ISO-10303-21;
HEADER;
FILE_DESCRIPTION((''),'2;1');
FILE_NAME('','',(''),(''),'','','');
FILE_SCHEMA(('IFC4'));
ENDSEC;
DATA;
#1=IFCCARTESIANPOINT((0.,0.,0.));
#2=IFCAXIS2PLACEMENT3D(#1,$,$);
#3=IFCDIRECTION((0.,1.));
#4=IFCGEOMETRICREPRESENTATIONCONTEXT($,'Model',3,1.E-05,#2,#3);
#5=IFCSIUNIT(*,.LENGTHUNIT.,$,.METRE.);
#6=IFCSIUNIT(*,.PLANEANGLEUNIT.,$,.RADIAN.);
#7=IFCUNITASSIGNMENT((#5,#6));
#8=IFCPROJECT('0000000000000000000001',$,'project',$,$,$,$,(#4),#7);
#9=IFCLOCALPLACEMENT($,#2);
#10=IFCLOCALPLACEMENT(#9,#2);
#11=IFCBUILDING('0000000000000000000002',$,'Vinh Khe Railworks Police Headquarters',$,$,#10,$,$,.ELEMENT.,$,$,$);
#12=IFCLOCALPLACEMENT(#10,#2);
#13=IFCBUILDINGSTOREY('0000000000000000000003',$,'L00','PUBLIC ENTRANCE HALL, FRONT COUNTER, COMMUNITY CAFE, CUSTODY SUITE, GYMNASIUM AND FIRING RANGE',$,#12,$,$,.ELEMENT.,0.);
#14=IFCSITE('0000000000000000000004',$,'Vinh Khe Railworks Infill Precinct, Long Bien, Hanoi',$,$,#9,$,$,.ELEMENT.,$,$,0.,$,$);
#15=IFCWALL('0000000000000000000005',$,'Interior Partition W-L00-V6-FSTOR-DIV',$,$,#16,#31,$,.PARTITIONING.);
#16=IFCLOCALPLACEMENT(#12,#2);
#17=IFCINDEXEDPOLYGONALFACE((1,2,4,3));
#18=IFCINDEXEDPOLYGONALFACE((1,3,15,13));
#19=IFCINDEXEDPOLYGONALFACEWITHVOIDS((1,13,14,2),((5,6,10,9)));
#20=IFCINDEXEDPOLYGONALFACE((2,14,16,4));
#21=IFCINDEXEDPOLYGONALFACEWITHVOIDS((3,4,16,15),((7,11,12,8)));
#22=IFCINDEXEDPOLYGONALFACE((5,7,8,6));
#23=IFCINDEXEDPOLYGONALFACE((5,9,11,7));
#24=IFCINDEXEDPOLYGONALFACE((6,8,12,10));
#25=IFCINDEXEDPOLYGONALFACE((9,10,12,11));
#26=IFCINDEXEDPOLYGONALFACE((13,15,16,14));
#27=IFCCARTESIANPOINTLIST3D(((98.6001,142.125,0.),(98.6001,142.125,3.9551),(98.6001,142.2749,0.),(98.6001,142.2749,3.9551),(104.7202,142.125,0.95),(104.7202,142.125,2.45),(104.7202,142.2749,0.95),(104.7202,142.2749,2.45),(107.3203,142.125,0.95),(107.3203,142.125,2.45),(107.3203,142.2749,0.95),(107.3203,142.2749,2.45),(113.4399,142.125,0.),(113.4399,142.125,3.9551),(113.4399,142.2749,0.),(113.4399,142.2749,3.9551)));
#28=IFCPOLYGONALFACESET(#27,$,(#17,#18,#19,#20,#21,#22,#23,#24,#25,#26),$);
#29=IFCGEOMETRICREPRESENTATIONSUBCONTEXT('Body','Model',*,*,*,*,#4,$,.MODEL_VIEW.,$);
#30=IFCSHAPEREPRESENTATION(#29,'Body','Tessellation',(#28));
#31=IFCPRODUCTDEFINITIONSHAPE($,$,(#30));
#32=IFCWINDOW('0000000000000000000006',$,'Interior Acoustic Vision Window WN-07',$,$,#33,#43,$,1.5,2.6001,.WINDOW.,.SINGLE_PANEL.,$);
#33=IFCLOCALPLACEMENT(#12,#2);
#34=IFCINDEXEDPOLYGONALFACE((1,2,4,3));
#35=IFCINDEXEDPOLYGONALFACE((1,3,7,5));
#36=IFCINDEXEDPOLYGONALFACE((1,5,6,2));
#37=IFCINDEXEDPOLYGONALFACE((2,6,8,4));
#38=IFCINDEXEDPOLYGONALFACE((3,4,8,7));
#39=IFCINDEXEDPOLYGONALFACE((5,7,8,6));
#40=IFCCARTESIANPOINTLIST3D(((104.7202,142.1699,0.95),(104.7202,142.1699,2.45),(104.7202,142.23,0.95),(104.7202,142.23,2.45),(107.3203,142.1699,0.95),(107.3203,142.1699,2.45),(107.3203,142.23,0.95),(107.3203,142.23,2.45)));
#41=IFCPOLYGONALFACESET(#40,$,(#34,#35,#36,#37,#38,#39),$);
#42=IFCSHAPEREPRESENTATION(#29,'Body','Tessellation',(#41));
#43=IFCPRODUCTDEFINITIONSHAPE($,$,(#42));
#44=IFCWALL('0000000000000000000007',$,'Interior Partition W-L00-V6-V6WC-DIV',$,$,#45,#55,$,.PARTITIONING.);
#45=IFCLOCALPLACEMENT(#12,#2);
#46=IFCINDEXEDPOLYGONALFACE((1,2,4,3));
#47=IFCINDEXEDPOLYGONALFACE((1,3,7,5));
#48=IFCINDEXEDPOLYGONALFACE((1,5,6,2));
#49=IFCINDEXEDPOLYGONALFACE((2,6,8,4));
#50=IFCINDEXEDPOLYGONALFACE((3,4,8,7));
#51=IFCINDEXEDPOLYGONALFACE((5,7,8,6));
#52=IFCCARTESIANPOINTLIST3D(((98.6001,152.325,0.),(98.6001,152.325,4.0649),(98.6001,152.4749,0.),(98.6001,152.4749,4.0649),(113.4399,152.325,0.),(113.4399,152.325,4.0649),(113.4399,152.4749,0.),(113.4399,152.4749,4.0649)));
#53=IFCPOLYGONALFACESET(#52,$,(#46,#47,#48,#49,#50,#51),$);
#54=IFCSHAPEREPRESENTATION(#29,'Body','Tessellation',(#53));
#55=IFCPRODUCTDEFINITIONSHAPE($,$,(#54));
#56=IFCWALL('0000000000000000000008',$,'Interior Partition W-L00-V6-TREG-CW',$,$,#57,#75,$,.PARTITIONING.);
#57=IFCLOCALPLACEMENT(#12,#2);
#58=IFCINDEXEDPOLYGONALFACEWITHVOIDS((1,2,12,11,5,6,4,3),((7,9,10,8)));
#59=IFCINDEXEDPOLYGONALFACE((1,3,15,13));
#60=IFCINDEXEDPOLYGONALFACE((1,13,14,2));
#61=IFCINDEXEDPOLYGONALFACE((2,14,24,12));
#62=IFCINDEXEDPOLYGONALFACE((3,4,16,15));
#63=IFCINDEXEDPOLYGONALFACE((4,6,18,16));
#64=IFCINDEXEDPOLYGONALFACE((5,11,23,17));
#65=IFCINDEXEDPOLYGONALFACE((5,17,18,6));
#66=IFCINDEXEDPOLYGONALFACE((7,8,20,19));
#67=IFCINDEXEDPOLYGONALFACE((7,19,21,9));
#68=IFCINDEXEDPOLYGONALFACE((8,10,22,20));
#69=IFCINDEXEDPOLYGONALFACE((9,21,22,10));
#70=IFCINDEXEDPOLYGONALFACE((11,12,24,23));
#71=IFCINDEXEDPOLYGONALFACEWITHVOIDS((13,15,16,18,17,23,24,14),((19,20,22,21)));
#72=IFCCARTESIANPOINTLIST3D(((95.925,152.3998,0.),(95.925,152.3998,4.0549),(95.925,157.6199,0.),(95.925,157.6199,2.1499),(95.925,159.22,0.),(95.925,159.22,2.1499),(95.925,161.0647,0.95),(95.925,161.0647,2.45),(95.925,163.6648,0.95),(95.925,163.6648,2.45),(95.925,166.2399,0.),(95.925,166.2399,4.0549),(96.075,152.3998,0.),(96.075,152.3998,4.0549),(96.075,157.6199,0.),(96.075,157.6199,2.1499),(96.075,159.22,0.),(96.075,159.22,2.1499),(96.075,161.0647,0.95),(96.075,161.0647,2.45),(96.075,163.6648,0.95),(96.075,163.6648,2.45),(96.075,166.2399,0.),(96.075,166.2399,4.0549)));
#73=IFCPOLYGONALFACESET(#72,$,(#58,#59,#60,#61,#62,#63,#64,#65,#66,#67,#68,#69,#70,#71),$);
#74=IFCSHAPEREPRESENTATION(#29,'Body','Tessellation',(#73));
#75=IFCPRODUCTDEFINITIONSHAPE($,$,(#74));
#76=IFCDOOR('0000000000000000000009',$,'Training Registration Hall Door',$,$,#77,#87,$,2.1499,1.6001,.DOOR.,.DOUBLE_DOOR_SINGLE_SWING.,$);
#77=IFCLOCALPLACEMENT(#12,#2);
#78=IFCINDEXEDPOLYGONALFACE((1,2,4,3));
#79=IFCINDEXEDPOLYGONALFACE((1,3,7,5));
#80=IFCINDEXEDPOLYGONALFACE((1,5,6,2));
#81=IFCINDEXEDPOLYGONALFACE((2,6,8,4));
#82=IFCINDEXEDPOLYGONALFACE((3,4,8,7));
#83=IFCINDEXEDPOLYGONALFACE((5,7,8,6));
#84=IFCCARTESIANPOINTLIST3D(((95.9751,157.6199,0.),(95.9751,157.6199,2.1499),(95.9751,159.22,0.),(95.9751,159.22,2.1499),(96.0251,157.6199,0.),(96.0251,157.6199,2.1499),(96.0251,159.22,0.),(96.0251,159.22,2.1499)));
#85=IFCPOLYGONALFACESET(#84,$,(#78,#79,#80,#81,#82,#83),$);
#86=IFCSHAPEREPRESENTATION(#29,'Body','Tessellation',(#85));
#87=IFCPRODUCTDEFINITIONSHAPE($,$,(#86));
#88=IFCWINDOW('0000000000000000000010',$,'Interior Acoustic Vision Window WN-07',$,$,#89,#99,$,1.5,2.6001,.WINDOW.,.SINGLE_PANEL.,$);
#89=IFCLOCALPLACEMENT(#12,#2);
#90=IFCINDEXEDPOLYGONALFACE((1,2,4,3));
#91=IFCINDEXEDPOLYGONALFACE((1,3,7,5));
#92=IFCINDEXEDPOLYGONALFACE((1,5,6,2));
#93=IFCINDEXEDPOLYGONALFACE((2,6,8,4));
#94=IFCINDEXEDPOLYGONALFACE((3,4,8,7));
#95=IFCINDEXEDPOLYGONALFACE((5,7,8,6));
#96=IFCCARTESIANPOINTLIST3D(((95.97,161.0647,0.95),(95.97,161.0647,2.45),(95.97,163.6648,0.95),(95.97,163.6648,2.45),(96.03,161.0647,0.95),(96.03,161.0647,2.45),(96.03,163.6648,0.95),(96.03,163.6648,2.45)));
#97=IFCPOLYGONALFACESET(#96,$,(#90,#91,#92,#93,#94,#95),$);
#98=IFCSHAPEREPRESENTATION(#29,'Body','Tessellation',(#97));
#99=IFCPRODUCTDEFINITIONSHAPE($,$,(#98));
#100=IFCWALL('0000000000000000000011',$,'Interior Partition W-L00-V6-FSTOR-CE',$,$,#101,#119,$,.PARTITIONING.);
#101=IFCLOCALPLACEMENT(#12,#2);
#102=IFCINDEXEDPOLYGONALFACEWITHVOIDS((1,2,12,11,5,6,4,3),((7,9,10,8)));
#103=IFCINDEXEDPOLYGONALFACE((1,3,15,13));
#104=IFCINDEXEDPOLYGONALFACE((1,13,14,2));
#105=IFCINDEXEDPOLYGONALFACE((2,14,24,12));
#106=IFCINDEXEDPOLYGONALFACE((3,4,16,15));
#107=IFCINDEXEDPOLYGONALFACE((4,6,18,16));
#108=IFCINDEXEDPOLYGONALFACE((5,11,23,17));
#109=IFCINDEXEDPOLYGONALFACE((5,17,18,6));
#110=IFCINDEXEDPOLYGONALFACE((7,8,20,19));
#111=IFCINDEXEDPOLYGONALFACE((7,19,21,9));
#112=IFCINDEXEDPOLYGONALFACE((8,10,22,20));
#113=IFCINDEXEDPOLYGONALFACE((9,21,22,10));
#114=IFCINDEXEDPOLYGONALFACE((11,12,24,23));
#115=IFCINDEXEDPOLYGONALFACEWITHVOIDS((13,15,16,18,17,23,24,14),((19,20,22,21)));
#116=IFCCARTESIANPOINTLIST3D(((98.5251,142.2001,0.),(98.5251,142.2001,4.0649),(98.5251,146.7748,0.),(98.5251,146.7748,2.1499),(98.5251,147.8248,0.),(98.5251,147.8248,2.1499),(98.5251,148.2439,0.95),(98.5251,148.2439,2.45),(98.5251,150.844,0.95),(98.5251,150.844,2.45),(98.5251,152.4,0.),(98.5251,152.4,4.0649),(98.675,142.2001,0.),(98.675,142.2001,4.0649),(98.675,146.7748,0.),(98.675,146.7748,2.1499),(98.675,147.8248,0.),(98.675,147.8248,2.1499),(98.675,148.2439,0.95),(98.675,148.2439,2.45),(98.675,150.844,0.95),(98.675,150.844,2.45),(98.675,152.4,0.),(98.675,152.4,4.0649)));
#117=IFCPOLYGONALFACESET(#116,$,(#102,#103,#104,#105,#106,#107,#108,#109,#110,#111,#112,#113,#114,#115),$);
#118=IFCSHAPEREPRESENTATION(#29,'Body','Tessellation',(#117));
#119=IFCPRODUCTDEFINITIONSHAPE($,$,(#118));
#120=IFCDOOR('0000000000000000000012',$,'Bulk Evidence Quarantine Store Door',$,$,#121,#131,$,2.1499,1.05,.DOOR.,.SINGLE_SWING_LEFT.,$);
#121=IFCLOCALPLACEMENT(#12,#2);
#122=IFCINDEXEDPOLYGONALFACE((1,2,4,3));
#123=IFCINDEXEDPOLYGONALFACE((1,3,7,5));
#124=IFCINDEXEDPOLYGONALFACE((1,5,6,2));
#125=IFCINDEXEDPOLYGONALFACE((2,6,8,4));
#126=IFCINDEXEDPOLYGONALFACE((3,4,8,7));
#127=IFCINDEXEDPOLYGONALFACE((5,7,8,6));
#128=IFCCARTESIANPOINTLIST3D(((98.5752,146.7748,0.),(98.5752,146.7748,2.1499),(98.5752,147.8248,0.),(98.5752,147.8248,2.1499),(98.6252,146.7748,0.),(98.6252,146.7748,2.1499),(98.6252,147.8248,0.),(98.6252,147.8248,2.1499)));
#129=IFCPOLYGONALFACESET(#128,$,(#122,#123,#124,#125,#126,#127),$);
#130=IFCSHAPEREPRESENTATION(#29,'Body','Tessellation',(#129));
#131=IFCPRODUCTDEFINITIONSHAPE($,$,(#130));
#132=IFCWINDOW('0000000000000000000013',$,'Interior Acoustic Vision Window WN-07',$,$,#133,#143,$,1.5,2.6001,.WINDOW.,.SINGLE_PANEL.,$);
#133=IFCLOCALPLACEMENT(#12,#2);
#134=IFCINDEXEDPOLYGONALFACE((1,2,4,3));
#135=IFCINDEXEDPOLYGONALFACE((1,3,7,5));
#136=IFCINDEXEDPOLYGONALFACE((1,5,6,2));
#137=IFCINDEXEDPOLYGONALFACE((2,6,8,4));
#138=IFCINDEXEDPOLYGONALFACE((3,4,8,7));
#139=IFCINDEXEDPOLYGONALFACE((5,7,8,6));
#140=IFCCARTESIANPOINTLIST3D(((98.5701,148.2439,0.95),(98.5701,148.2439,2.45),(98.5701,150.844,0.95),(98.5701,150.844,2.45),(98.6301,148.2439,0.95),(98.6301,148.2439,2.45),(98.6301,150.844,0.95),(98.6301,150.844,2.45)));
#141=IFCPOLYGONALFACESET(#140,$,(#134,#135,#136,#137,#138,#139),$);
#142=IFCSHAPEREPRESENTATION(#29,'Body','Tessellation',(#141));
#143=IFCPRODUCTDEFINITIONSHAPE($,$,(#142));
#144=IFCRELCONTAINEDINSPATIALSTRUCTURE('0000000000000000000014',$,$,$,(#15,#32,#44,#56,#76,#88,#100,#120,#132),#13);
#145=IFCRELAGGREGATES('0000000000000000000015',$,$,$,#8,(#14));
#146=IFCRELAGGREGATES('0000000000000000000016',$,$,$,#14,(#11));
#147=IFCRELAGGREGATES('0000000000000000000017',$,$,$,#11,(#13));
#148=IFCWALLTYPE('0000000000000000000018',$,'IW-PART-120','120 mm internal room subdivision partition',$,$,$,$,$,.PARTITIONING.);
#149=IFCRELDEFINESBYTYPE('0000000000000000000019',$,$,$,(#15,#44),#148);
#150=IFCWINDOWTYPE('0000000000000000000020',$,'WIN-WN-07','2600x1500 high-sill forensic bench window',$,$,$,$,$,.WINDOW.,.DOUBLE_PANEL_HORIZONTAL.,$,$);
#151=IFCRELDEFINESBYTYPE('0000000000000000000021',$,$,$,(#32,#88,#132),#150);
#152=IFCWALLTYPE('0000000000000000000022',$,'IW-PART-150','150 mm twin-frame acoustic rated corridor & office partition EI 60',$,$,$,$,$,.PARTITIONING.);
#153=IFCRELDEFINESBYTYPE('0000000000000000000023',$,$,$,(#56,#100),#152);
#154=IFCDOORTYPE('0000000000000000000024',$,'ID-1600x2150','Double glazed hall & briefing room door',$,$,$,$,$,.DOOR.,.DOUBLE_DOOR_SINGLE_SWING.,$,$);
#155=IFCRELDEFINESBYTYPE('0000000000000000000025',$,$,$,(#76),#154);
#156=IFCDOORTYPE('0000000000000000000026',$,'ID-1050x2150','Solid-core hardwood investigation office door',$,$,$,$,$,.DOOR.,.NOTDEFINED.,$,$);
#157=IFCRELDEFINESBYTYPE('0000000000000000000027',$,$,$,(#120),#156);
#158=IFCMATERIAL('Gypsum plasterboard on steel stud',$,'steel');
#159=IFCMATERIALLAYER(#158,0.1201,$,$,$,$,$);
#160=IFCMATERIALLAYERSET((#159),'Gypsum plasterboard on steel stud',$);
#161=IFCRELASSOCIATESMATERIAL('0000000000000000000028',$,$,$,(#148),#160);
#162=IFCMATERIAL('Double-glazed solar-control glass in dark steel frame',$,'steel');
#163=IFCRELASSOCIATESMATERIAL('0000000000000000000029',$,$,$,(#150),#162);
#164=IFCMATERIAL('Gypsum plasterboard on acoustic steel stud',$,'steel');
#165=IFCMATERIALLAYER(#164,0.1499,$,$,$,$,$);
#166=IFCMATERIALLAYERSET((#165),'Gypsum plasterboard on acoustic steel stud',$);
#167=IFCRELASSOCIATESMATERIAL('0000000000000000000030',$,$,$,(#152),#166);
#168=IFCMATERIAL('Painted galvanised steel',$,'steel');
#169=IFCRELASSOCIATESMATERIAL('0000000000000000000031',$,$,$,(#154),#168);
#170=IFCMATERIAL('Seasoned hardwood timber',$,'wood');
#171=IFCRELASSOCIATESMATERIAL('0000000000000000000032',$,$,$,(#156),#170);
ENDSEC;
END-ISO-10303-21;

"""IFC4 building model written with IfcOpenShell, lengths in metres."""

from ifc_helpers import new_model, si_unit, direction, frame, frame_2d, origin, place, context, subcontext, project, spatial, rectangle, extrude, material, layer, layer_set, type_object, element, fill, save


model = new_model("IFC4")

# Units and contexts
model_context = context("Model", 3, precision=1e-05, world=origin(), true_north=direction((0.0, 1.0)))
body_context = subcontext(model_context, "Body", "Model", "MODEL_VIEW")
ifc_project = project(units=[si_unit("LENGTHUNIT", "METRE"), si_unit("PLANEANGLEUNIT", "RADIAN")], contexts=[model_context])

# Site, building, storey
site_placement = place(None, origin())
site = spatial("IfcSite", under=ifc_project, at=site_placement, Name="Vinh Khe Railworks Infill Precinct, Long Bien, Hanoi", CompositionType="ELEMENT", RefElevation=0.0)
building_placement = place(site_placement, origin())
building = spatial("IfcBuilding", under=site, at=building_placement, Name="Vinh Khe Railworks Police Headquarters", CompositionType="ELEMENT")
storey_placement = place(building_placement, origin())
storey = spatial("IfcBuildingStorey", under=building, at=storey_placement, Name="L00", Description="PUBLIC ENTRANCE HALL, FRONT COUNTER, COMMUNITY CAFE, CUSTODY SUITE, GYMNASIUM AND FIRING RANGE", CompositionType="ELEMENT", Elevation=0.0)

# Wall, opening, window
ifc_material_1 = material(Name="Gypsum plasterboard on steel stud", Category="steel")
ifc_layer_1 = layer(ifc_material_1, 0.1201)
ifc_layer_set_1 = layer_set([ifc_layer_1], Name="Gypsum plasterboard on steel stud")
wall_type_1 = type_object("IfcWallType", Name="IW-PART-120", Description="120 mm internal room subdivision partition", PredefinedType="PARTITIONING", material=ifc_layer_set_1)
wall_1_placement = place(storey_placement, frame((98.6001, 142.2, 0.0), z_axis=(0.0, 0.0, 1.0), x_axis=(1.0, 0.0, 0.0)))
wall_1 = element("IfcWall", 1, at=wall_1_placement, inside=storey, type_object=wall_type_1, Name="Interior Partition W-L00-V6-FSTOR-DIV", PredefinedType="PARTITIONING", context=body_context, shape_type="SweptSolid", body=[
    extrude(rectangle(XDim=14.8398, YDim=0.1499, at=frame_2d((7.4199, 0.0))), origin(), (0.0, 0.0, 1.0), 3.9551),
])
opening_1_placement = place(wall_1_placement, frame((6.1201, 0.0, 0.95)))
opening_1 = element("IfcOpeningElement", 2, at=opening_1_placement, cuts=wall_1, PredefinedType="OPENING", context=body_context, shape_type="SweptSolid", body=[
    extrude(rectangle(XDim=2.6001, YDim=1.5, at=frame_2d((1.3, 0.75))), frame((0.0, 0.0898, 0.0), z_axis=(0.0, -1.0, 0.0), x_axis=(1.0, 0.0, 0.0)), (0.0, 0.0, 1.0), 0.1797),
])
ifc_material_2 = material(Name="Double-glazed solar-control glass in dark steel frame", Category="steel")
window_type = type_object("IfcWindowType", Name="WIN-WN-07", Description="2600x1500 high-sill forensic bench window", PartitioningType="DOUBLE_PANEL_HORIZONTAL", PredefinedType="WINDOW", material=ifc_material_2)
window_1_placement = place(opening_1_placement, origin())
window_1 = element("IfcWindow", 3, at=window_1_placement, inside=storey, type_object=window_type, Name="Interior Acoustic Vision Window WN-07", OverallHeight=1.5, OverallWidth=2.6001, PartitioningType="SINGLE_PANEL", PredefinedType="WINDOW", context=body_context, shape_type="SweptSolid", body=[
    extrude(rectangle(XDim=2.6001, YDim=1.5, at=frame_2d((1.3, 0.75))), frame((0.0, 0.03, 0.0), z_axis=(0.0, -1.0, 0.0), x_axis=(1.0, 0.0, 0.0)), (0.0, 0.0, 1.0), 0.0601),
])
fill(opening_1, window_1)

# Wall
wall_2_placement = place(storey_placement, frame((98.6001, 152.3999, 0.0), z_axis=(0.0, 0.0, 1.0), x_axis=(1.0, 0.0, 0.0)))
element("IfcWall", 4, at=wall_2_placement, inside=storey, type_object=wall_type_1, Name="Interior Partition W-L00-V6-V6WC-DIV", PredefinedType="PARTITIONING", context=body_context, shape_type="SweptSolid", body=[
    extrude(rectangle(XDim=14.8398, YDim=0.1499, at=frame_2d((7.4199, 0.0))), origin(), (0.0, 0.0, 1.0), 4.0649),
])

# Walls, openings, doors, windows
ifc_material_3 = material(Name="Gypsum plasterboard on acoustic steel stud", Category="steel")
ifc_layer_2 = layer(ifc_material_3, 0.1499)
ifc_layer_set_2 = layer_set([ifc_layer_2], Name="Gypsum plasterboard on acoustic steel stud")
wall_type_2 = type_object("IfcWallType", Name="IW-PART-150", Description="150 mm twin-frame acoustic rated corridor & office partition EI 60", PredefinedType="PARTITIONING", material=ifc_layer_set_2)
wall_3_placement = place(storey_placement, frame((96.0, 152.3999, 0.0), z_axis=(0.0, 0.0, 1.0), x_axis=(0.0, 1.0, 0.0)))
wall_3 = element("IfcWall", 5, at=wall_3_placement, inside=storey, type_object=wall_type_2, Name="Interior Partition W-L00-V6-TREG-CW", PredefinedType="PARTITIONING", context=body_context, shape_type="SweptSolid", body=[
    extrude(rectangle(XDim=13.8401, YDim=0.1499, at=frame_2d((6.9199, 0.0))), origin(), (0.0, 0.0, 1.0), 4.0549),
])
opening_2_placement = place(wall_3_placement, frame((5.22, 0.0, 0.0)))
opening_2 = element("IfcOpeningElement", 6, at=opening_2_placement, cuts=wall_3, PredefinedType="OPENING", context=body_context, shape_type="SweptSolid", body=[
    extrude(rectangle(XDim=1.6001, YDim=2.1499, at=frame_2d((0.8, 1.075))), frame((0.0, 0.0898, 0.0), z_axis=(0.0, -1.0, 0.0), x_axis=(1.0, 0.0, 0.0)), (0.0, 0.0, 1.0), 0.1797),
])
opening_3_placement = place(wall_3_placement, frame((8.6648, 0.0, 0.95)))
opening_3 = element("IfcOpeningElement", 7, at=opening_3_placement, cuts=wall_3, PredefinedType="OPENING", context=body_context, shape_type="SweptSolid", body=[
    extrude(rectangle(XDim=2.6001, YDim=1.5, at=frame_2d((1.3, 0.75))), frame((0.0, 0.0898, 0.0), z_axis=(0.0, -1.0, 0.0), x_axis=(1.0, 0.0, 0.0)), (0.0, 0.0, 1.0), 0.1797),
])
ifc_material_4 = material(Name="Painted galvanised steel", Category="steel")
door_type_1 = type_object("IfcDoorType", Name="ID-1600x2150", Description="Double glazed hall & briefing room door", OperationType="DOUBLE_DOOR_SINGLE_SWING", PredefinedType="DOOR", material=ifc_material_4)
door_1_placement = place(opening_2_placement, origin())
door_1 = element("IfcDoor", 8, at=door_1_placement, inside=storey, type_object=door_type_1, Name="Training Registration Hall Door", OperationType="DOUBLE_DOOR_SINGLE_SWING", OverallHeight=2.1499, OverallWidth=1.6001, PredefinedType="DOOR", context=body_context, shape_type="SweptSolid", body=[
    extrude(rectangle(XDim=1.6001, YDim=2.1499, at=frame_2d((0.8, 1.075))), frame((0.0, 0.0249, 0.0), z_axis=(0.0, -1.0, 0.0), x_axis=(1.0, 0.0, 0.0)), (0.0, 0.0, 1.0), 0.05),
])
fill(opening_2, door_1)
window_2_placement = place(opening_3_placement, origin())
window_2 = element("IfcWindow", 9, at=window_2_placement, inside=storey, type_object=window_type, Name="Interior Acoustic Vision Window WN-07", OverallHeight=1.5, OverallWidth=2.6001, PartitioningType="SINGLE_PANEL", PredefinedType="WINDOW", context=body_context, shape_type="SweptSolid", body=[
    extrude(rectangle(XDim=2.6001, YDim=1.5, at=frame_2d((1.3, 0.75))), frame((0.0, 0.03, 0.0), z_axis=(0.0, -1.0, 0.0), x_axis=(1.0, 0.0, 0.0)), (0.0, 0.0, 1.0), 0.0601),
])
fill(opening_3, window_2)
wall_4_placement = place(storey_placement, frame((98.6001, 142.2, 0.0), z_axis=(0.0, 0.0, 1.0), x_axis=(0.0, 1.0, 0.0)))
wall_4 = element("IfcWall", 10, at=wall_4_placement, inside=storey, type_object=wall_type_2, Name="Interior Partition W-L00-V6-FSTOR-CE", PredefinedType="PARTITIONING", context=body_context, shape_type="SweptSolid", body=[
    extrude(rectangle(XDim=10.2, YDim=0.1499, at=frame_2d((5.1001, 0.0))), origin(), (0.0, 0.0, 1.0), 4.0649),
])
opening_4_placement = place(wall_4_placement, frame((4.575, 0.0, 0.0)))
opening_4 = element("IfcOpeningElement", 11, at=opening_4_placement, cuts=wall_4, PredefinedType="OPENING", context=body_context, shape_type="SweptSolid", body=[
    extrude(rectangle(XDim=1.05, YDim=2.1499, at=frame_2d((0.5249, 1.075))), frame((0.0, 0.0898, 0.0), z_axis=(0.0, -1.0, 0.0), x_axis=(1.0, 0.0, 0.0)), (0.0, 0.0, 1.0), 0.1797),
])
opening_5_placement = place(wall_4_placement, frame((6.0439, 0.0, 0.95)))
opening_5 = element("IfcOpeningElement", 12, at=opening_5_placement, cuts=wall_4, PredefinedType="OPENING", context=body_context, shape_type="SweptSolid", body=[
    extrude(rectangle(XDim=2.6001, YDim=1.5, at=frame_2d((1.3, 0.75))), frame((0.0, 0.0898, 0.0), z_axis=(0.0, -1.0, 0.0), x_axis=(1.0, 0.0, 0.0)), (0.0, 0.0, 1.0), 0.1797),
])
ifc_material_5 = material(Name="Seasoned hardwood timber", Category="wood")
door_type_2 = type_object("IfcDoorType", Name="ID-1050x2150", Description="Solid-core hardwood investigation office door", OperationType="NOTDEFINED", PredefinedType="DOOR", material=ifc_material_5)
door_2_placement = place(opening_4_placement, origin())
door_2 = element("IfcDoor", 13, at=door_2_placement, inside=storey, type_object=door_type_2, Name="Bulk Evidence Quarantine Store Door", OperationType="SINGLE_SWING_LEFT", OverallHeight=2.1499, OverallWidth=1.05, PredefinedType="DOOR", context=body_context, shape_type="SweptSolid", body=[
    extrude(rectangle(XDim=1.05, YDim=2.1499, at=frame_2d((0.5249, 1.075))), frame((0.0, 0.0249, 0.0), z_axis=(0.0, -1.0, 0.0), x_axis=(1.0, 0.0, 0.0)), (0.0, 0.0, 1.0), 0.05),
])
fill(opening_4, door_2)
window_3_placement = place(opening_5_placement, origin())
window_3 = element("IfcWindow", 14, at=window_3_placement, inside=storey, type_object=window_type, Name="Interior Acoustic Vision Window WN-07", OverallHeight=1.5, OverallWidth=2.6001, PartitioningType="SINGLE_PANEL", PredefinedType="WINDOW", context=body_context, shape_type="SweptSolid", body=[
    extrude(rectangle(XDim=2.6001, YDim=1.5, at=frame_2d((1.3, 0.75))), frame((0.0, 0.03, 0.0), z_axis=(0.0, -1.0, 0.0), x_axis=(1.0, 0.0, 0.0)), (0.0, 0.0, 1.0), 0.0601),
])
fill(opening_5, window_3)

save(model, "model.ifc")
